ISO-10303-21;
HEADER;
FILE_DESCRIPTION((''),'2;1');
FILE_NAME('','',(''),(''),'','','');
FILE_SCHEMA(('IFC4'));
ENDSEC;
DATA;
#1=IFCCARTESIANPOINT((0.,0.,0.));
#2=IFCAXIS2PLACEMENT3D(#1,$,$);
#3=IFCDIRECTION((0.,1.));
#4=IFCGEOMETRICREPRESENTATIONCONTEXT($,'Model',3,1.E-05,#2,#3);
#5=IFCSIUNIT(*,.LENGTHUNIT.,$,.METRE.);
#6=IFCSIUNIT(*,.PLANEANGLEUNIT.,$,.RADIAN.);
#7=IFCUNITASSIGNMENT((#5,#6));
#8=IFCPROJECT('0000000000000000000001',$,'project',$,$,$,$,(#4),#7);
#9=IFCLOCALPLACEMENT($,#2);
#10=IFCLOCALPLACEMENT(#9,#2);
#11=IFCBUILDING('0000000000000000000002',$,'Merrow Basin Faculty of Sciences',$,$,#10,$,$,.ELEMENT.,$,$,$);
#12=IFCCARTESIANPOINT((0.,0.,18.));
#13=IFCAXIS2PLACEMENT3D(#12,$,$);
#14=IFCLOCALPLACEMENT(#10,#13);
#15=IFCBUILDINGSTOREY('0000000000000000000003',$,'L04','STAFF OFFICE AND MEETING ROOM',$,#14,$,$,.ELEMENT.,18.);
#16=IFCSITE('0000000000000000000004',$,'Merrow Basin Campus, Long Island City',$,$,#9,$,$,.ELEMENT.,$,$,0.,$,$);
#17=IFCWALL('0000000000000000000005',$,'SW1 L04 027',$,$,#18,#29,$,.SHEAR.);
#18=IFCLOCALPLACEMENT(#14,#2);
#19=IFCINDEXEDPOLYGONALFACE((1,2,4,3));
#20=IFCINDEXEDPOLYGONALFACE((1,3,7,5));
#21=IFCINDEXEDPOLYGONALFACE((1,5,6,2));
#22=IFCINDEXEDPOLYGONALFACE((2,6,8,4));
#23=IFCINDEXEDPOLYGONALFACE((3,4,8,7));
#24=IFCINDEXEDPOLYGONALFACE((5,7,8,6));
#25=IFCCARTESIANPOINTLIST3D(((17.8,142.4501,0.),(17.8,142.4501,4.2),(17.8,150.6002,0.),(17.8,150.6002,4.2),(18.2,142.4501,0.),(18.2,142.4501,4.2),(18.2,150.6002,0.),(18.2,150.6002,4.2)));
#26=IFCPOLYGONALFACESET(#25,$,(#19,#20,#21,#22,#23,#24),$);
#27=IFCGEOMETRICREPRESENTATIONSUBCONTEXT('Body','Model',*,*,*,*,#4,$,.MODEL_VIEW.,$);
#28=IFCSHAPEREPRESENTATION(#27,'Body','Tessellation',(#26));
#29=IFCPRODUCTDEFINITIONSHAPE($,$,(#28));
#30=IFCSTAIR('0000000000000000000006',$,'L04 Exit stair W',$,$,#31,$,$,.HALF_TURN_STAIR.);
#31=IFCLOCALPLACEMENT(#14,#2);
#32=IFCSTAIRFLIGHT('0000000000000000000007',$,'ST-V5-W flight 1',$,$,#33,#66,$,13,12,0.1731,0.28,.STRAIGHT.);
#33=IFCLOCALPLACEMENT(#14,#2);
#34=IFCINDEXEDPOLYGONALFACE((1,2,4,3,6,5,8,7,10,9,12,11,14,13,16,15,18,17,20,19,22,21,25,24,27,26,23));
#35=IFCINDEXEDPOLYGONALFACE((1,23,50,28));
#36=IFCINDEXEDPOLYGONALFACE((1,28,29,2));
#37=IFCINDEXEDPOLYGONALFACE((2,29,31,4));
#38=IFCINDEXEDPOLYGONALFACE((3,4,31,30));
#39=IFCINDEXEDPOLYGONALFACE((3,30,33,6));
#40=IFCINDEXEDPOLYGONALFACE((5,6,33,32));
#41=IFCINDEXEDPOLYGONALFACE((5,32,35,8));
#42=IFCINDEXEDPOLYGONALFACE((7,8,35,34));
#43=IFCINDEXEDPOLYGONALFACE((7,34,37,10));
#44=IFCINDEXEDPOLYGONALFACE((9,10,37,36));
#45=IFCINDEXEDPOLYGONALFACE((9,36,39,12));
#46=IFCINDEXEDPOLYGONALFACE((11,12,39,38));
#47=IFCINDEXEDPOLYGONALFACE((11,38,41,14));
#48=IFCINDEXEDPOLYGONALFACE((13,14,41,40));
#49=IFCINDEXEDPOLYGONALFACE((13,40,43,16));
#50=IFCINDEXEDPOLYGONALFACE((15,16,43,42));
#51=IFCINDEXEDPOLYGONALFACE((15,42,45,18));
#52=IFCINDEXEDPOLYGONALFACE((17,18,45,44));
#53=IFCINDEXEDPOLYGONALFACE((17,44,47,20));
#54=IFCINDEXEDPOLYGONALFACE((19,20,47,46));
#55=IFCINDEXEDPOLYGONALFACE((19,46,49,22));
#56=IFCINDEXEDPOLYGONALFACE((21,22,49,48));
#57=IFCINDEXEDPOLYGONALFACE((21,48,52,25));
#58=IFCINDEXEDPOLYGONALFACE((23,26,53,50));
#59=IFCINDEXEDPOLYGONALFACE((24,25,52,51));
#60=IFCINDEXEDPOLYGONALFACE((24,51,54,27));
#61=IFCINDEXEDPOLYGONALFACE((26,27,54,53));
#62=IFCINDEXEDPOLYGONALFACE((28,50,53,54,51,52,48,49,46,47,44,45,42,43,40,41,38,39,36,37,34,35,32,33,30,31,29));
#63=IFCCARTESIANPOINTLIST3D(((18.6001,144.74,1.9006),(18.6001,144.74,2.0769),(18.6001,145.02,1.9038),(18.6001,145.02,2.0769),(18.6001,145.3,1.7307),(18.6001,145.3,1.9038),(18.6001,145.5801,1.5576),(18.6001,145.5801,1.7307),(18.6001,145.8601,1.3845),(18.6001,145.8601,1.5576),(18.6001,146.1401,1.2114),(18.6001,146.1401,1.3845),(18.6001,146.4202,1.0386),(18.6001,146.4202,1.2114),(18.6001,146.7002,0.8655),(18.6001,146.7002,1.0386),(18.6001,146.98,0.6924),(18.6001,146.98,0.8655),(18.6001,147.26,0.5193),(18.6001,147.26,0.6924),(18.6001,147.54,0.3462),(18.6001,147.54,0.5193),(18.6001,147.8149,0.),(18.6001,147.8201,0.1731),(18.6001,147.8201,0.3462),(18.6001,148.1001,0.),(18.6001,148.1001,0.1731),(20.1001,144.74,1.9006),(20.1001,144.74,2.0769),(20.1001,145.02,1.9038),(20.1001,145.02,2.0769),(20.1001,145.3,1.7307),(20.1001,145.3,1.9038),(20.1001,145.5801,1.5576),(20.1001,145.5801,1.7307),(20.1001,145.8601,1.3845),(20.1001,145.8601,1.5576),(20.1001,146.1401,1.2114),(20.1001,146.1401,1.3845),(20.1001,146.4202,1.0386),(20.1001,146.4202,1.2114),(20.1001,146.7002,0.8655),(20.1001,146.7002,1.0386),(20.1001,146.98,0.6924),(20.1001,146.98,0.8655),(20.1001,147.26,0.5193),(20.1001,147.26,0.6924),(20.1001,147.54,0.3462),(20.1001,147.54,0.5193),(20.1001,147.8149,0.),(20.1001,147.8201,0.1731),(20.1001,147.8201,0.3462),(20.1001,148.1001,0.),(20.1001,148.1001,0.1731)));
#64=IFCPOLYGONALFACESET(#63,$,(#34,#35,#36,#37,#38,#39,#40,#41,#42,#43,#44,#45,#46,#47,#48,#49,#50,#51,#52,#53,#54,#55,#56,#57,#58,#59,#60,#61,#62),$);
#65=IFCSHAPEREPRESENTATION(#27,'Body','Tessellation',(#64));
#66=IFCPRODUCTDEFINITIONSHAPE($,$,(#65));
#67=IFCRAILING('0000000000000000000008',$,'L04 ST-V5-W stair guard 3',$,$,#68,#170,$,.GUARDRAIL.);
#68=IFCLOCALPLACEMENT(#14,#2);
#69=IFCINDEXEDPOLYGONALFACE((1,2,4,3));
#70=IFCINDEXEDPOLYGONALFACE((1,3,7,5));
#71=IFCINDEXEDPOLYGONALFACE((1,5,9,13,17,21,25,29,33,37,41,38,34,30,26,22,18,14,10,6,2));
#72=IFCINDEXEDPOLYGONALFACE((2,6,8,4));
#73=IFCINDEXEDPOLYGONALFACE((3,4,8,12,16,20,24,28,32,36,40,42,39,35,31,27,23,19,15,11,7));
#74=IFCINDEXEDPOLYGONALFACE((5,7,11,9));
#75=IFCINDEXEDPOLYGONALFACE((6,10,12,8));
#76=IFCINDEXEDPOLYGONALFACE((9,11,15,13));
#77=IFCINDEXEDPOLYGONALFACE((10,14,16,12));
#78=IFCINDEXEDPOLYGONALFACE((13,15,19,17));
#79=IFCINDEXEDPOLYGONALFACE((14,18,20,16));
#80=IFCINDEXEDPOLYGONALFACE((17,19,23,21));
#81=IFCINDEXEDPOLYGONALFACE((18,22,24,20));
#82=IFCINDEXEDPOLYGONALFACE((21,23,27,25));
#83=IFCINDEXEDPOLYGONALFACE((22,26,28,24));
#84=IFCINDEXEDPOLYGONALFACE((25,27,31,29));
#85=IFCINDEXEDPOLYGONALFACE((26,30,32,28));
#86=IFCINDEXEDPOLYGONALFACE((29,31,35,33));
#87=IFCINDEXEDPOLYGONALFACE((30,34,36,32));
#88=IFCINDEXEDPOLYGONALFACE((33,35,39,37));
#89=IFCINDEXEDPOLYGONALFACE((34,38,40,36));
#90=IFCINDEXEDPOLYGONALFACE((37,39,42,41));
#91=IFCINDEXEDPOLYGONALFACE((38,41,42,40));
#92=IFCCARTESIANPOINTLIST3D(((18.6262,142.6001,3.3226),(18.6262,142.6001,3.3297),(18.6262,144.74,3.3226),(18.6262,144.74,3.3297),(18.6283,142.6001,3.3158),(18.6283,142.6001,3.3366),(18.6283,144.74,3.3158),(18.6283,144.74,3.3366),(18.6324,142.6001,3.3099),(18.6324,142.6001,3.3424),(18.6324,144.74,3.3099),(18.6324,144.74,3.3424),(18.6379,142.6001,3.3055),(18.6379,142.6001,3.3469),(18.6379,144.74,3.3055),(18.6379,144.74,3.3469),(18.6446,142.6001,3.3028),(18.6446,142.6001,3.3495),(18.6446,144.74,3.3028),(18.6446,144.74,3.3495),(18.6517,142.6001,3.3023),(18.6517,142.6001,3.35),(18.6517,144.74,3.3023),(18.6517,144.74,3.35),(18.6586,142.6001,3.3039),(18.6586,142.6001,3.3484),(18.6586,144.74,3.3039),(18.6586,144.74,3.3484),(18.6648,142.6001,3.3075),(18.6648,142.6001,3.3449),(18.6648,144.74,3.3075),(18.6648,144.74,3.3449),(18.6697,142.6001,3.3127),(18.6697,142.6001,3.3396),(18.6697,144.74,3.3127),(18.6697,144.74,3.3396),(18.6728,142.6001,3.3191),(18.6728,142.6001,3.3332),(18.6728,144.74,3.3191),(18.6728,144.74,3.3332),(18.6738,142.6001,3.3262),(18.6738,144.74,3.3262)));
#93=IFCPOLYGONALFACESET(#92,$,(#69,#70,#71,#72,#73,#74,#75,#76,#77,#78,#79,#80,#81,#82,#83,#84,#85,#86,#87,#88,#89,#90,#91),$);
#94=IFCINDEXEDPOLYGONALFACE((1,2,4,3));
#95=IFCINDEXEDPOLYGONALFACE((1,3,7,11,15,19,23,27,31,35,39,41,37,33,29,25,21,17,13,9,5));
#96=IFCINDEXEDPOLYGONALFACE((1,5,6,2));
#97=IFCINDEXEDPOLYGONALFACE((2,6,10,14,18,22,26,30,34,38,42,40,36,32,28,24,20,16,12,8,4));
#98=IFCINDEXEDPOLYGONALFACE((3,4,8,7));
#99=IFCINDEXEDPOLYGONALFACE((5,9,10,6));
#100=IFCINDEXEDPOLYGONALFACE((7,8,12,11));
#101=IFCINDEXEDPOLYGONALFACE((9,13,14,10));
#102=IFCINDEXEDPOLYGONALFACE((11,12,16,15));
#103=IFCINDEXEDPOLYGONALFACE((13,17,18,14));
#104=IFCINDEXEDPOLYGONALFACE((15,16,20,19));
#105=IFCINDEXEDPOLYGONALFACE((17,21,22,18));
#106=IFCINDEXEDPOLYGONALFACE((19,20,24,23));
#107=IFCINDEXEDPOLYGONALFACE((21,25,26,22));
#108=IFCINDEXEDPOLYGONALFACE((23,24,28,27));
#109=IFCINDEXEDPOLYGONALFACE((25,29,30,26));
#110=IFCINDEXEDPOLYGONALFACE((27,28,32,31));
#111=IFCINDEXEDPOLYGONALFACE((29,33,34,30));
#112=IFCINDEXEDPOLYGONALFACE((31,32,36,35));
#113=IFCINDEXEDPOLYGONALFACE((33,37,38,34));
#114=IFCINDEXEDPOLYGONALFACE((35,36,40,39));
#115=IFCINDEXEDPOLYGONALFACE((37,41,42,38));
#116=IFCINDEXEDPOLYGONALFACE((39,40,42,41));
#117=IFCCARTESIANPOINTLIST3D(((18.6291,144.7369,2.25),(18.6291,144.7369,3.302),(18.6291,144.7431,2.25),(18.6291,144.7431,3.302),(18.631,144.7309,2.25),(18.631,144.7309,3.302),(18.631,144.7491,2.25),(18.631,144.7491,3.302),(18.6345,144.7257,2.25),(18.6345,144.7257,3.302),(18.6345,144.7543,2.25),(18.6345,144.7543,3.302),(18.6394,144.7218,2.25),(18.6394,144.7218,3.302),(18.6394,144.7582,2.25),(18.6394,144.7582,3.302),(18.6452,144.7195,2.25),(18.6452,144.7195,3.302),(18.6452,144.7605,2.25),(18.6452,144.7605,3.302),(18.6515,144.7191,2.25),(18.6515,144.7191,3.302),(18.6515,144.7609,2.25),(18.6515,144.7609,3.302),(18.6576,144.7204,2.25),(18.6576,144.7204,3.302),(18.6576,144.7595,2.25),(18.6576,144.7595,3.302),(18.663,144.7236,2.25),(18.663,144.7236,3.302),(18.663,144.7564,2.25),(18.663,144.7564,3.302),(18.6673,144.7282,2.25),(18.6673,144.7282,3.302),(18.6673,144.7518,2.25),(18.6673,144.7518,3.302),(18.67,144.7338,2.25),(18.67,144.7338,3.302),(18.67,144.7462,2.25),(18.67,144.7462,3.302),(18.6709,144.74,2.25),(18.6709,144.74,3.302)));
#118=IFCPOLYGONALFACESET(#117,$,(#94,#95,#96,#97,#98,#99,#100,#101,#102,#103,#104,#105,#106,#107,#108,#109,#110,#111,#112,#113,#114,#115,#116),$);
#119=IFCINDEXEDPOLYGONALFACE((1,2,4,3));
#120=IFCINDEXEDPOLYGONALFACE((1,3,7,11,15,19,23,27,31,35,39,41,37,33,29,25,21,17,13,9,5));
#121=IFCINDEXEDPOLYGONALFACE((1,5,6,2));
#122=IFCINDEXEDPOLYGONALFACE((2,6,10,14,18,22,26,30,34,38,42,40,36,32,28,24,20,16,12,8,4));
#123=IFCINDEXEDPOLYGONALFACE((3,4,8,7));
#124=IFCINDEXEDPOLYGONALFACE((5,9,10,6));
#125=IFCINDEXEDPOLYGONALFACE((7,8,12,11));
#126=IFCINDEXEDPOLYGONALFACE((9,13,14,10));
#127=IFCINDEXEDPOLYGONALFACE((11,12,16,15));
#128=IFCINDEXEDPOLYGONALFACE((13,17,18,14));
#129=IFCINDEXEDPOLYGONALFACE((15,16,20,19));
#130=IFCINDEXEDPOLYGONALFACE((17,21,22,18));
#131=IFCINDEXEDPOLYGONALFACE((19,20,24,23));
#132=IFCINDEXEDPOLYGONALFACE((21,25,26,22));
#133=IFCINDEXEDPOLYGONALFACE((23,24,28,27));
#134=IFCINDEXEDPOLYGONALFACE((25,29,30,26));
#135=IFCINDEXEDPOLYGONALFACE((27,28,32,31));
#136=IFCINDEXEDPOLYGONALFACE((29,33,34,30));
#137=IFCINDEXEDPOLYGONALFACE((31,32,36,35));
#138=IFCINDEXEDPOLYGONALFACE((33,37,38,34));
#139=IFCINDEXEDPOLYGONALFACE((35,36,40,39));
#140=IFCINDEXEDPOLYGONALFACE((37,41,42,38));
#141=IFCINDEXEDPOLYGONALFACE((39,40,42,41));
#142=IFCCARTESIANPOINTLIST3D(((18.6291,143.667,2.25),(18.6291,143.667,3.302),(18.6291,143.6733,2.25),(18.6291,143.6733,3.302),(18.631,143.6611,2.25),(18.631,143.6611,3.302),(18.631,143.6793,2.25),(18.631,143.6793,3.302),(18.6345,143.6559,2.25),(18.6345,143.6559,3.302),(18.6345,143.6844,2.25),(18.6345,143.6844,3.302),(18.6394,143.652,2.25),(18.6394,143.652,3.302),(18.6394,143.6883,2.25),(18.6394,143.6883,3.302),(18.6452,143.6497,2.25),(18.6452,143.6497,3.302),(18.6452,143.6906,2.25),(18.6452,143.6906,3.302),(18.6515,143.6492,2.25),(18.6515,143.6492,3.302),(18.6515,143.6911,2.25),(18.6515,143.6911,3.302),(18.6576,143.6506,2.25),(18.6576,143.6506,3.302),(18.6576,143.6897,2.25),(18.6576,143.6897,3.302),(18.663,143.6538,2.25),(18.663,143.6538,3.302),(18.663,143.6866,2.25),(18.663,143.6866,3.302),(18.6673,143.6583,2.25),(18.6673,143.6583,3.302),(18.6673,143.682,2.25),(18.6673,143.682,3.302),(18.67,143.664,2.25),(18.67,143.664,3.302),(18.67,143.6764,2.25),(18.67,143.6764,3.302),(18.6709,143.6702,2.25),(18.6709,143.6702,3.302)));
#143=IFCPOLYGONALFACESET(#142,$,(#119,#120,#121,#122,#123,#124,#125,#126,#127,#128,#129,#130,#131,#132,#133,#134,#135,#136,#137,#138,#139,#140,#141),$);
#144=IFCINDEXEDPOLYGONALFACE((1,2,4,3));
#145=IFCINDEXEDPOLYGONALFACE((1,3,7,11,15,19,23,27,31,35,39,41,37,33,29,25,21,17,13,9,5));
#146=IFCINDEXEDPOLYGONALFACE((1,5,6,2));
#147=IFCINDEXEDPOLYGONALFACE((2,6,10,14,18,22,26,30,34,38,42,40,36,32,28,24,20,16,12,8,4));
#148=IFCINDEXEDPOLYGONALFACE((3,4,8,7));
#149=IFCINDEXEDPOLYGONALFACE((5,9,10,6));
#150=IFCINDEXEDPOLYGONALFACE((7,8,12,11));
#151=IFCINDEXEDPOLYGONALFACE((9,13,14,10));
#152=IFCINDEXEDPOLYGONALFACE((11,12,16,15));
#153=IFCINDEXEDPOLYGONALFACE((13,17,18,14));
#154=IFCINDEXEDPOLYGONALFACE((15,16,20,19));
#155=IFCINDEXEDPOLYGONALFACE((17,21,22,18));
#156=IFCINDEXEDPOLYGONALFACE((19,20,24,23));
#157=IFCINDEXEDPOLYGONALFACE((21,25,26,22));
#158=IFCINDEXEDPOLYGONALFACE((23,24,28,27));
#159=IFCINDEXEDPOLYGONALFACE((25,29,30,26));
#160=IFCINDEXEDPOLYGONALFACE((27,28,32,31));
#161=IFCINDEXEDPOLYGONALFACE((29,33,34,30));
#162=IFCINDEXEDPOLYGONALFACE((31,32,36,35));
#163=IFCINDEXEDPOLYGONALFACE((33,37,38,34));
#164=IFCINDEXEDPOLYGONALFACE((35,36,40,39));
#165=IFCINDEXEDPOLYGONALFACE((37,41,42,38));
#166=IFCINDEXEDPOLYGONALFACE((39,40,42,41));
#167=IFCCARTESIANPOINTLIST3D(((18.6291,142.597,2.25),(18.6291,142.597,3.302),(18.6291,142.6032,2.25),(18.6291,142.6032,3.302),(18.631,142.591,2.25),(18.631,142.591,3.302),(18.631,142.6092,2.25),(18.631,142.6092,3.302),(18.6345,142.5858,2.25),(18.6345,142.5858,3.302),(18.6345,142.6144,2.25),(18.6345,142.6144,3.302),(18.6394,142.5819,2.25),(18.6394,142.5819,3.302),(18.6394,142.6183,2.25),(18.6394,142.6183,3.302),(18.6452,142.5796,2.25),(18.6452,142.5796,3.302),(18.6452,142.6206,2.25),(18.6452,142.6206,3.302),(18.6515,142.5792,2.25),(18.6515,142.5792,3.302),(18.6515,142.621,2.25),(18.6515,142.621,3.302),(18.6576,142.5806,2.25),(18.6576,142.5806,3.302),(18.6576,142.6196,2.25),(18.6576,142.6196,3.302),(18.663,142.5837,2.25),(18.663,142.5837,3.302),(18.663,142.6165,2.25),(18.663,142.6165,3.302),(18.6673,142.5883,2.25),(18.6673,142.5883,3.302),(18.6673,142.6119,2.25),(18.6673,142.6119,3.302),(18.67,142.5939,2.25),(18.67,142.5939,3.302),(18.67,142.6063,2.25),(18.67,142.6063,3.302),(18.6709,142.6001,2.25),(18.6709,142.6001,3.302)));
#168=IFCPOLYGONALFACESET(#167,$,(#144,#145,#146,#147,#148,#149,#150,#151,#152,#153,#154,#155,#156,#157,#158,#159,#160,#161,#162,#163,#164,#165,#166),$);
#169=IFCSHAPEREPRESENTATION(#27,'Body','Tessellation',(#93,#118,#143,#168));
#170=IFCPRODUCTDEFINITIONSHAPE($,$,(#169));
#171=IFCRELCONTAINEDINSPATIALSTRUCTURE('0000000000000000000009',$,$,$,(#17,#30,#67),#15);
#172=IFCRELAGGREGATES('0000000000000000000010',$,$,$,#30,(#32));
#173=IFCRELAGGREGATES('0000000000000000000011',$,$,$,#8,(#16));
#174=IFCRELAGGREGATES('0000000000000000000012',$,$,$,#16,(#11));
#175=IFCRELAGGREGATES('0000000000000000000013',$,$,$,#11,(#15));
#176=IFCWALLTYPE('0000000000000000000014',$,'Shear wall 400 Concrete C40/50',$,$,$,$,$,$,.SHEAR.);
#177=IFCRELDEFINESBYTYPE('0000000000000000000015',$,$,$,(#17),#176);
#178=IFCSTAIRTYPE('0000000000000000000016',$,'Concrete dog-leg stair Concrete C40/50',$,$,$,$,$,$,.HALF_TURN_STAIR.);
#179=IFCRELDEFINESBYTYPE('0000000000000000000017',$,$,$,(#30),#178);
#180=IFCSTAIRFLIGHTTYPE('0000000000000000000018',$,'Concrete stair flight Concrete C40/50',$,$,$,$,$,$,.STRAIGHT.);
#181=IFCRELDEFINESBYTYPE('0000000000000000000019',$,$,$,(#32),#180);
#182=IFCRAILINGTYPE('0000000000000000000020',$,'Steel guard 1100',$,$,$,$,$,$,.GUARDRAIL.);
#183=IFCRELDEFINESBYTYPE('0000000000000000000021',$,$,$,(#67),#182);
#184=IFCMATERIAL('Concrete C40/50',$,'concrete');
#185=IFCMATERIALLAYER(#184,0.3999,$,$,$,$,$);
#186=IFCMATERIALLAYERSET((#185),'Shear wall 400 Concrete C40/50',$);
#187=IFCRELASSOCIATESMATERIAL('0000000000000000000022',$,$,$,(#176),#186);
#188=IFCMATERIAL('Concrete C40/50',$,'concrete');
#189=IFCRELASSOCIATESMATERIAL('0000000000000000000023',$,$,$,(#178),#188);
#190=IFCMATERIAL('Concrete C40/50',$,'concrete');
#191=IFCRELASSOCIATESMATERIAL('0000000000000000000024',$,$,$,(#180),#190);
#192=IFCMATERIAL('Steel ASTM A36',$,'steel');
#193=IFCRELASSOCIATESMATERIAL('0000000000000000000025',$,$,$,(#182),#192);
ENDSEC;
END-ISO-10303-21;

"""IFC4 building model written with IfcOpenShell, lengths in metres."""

from ifc_helpers import new_model, si_unit, direction, frame, frame_2d, origin, origin_2d, place, context, subcontext, project, spatial, polyline, rectangle, circle, outline, extrude, material, layer, layer_set, type_object, element, aggregate, save


model = new_model("IFC4")

# Units and contexts
model_context = context("Model", 3, precision=1e-05, world=origin(), true_north=direction((0.0, 1.0)))
body_context = subcontext(model_context, "Body", "Model", "MODEL_VIEW")
ifc_project = project(units=[si_unit("LENGTHUNIT", "METRE"), si_unit("PLANEANGLEUNIT", "RADIAN")], contexts=[model_context])

# Site, building, storey
site_placement = place(None, origin())
site = spatial("IfcSite", under=ifc_project, at=site_placement, Name="Merrow Basin Campus, Long Island City", CompositionType="ELEMENT", RefElevation=0.0)
building_placement = place(site_placement, origin())
building = spatial("IfcBuilding", under=site, at=building_placement, Name="Merrow Basin Faculty of Sciences", CompositionType="ELEMENT")
storey_placement = place(building_placement, frame((0.0, 0.0, 18.0)))
storey = spatial("IfcBuildingStorey", under=building, at=storey_placement, Name="L04", Description="STAFF OFFICE AND MEETING ROOM", CompositionType="ELEMENT", Elevation=18.0)

# Shared definitions
ifc_material_1 = material(Name="Concrete C40/50", Category="concrete")
ifc_layer_1 = layer(ifc_material_1, 0.3999)
ifc_layer_set_1 = layer_set([ifc_layer_1], Name="Shear wall 400 Concrete C40/50")
wall_type_1 = type_object("IfcWallType", Name="Shear wall 400 Concrete C40/50", PredefinedType="SHEAR", material=ifc_layer_set_1)

# Wall
wall_1_placement = place(storey_placement, frame((18.0, 142.45, 0.0), z_axis=(0.0, 0.0, 1.0), x_axis=(0.0, 1.0, 0.0)))
element("IfcWall", 1, at=wall_1_placement, inside=storey, type_object=wall_type_1, Name="SW1 L04 027", PredefinedType="SHEAR", context=body_context, shape_type="SweptSolid", body=[
    extrude(rectangle(XDim=8.1501, YDim=0.3999, at=frame_2d((4.0752, 0.0))), origin(), (0.0, 0.0, 1.0), 4.2),
])

# Stair, stair flight
ifc_material_2 = material(Name="Concrete C40/50", Category="concrete")
stair_type = type_object("IfcStairType", Name="Concrete dog-leg stair Concrete C40/50", PredefinedType="HALF_TURN_STAIR", material=ifc_material_2)
stair_placement = place(storey_placement, origin())
stair = element("IfcStair", 2, at=stair_placement, inside=storey, type_object=stair_type, Name="L04 Exit stair W", PredefinedType="HALF_TURN_STAIR")
ifc_material_3 = material(Name="Concrete C40/50", Category="concrete")
stair_flight_type = type_object("IfcStairFlightType", Name="Concrete stair flight Concrete C40/50", PredefinedType="STRAIGHT", material=ifc_material_3)
stair_flight_placement = place(storey_placement, frame((19.3501, 148.1001, 0.0), z_axis=(0.0, 0.0, 1.0), x_axis=(0.0, -1.0, 0.0)))
stair_flight = element("IfcStairFlight", 3, at=stair_flight_placement, type_object=stair_flight_type, Name="ST-V5-W flight 1", NumberOfRisers=13, NumberOfTreads=12, PredefinedType="STRAIGHT", RiserHeight=0.1731, TreadLength=0.28, context=body_context, shape_type="SweptSolid", body=[
    extrude(outline(polyline([(0.0, 0.0), (0.0, 0.1731), (0.28, 0.1731), (0.28, 0.3462), (0.5601, 0.3462), (0.5601, 0.5193), (0.8401, 0.5193), (0.8401, 0.6924), (1.1201, 0.6924), (1.1201, 0.8655), (1.3999, 0.8655), (1.3999, 1.0386), (1.6799, 1.0386), (1.6799, 1.2114), (1.96, 1.2114), (1.96, 1.3845), (2.24, 1.3845), (2.24, 1.5576), (2.52, 1.5576), (2.52, 1.7307), (2.8, 1.7307), (2.8, 1.9038), (3.0801, 1.9038), (3.0801, 2.0769), (3.3601, 2.0769), (3.3601, 2.25), (3.3601, 1.9006), (0.2852, 0.0), (0.0, 0.0)])), frame((0.0, 0.75, 0.0), z_axis=(0.0, -1.0, 0.0), x_axis=(1.0, 0.0, 0.0)), (0.0, 0.0, 1.0), 1.5),
])
aggregate(stair, [stair_flight])

# Railing
ifc_material_4 = material(Name="Steel ASTM A36", Category="steel")
railing_type_1 = type_object("IfcRailingType", Name="Steel guard 1100", PredefinedType="GUARDRAIL", material=ifc_material_4)
railing_1_placement = place(storey_placement, frame((18.6499, 144.74, 2.25)))
element("IfcRailing", 4, at=railing_1_placement, inside=storey, type_object=railing_type_1, Name="L04 ST-V5-W stair guard 3", PredefinedType="GUARDRAIL", context=body_context, shape_type="SweptSolid", body=[
    extrude(circle(Radius=0.0239, at=origin_2d()), frame((0.0, 0.0, 1.0762), z_axis=(0.0, -1.0, 0.0), x_axis=(1.0, 0.0, 0.0)), (0.0, 0.0, 1.0), 2.1399),
    extrude(circle(Radius=0.021, at=origin_2d()), origin(), (0.0, 0.0, 1.0), 1.052),
    extrude(circle(Radius=0.021, at=origin_2d()), frame((0.0, -1.0698, 0.0)), (0.0, 0.0, 1.0), 1.052),
    extrude(circle(Radius=0.021, at=origin_2d()), frame((0.0, -2.1399, 0.0)), (0.0, 0.0, 1.0), 1.052),
])

save(model, "model.ifc")
